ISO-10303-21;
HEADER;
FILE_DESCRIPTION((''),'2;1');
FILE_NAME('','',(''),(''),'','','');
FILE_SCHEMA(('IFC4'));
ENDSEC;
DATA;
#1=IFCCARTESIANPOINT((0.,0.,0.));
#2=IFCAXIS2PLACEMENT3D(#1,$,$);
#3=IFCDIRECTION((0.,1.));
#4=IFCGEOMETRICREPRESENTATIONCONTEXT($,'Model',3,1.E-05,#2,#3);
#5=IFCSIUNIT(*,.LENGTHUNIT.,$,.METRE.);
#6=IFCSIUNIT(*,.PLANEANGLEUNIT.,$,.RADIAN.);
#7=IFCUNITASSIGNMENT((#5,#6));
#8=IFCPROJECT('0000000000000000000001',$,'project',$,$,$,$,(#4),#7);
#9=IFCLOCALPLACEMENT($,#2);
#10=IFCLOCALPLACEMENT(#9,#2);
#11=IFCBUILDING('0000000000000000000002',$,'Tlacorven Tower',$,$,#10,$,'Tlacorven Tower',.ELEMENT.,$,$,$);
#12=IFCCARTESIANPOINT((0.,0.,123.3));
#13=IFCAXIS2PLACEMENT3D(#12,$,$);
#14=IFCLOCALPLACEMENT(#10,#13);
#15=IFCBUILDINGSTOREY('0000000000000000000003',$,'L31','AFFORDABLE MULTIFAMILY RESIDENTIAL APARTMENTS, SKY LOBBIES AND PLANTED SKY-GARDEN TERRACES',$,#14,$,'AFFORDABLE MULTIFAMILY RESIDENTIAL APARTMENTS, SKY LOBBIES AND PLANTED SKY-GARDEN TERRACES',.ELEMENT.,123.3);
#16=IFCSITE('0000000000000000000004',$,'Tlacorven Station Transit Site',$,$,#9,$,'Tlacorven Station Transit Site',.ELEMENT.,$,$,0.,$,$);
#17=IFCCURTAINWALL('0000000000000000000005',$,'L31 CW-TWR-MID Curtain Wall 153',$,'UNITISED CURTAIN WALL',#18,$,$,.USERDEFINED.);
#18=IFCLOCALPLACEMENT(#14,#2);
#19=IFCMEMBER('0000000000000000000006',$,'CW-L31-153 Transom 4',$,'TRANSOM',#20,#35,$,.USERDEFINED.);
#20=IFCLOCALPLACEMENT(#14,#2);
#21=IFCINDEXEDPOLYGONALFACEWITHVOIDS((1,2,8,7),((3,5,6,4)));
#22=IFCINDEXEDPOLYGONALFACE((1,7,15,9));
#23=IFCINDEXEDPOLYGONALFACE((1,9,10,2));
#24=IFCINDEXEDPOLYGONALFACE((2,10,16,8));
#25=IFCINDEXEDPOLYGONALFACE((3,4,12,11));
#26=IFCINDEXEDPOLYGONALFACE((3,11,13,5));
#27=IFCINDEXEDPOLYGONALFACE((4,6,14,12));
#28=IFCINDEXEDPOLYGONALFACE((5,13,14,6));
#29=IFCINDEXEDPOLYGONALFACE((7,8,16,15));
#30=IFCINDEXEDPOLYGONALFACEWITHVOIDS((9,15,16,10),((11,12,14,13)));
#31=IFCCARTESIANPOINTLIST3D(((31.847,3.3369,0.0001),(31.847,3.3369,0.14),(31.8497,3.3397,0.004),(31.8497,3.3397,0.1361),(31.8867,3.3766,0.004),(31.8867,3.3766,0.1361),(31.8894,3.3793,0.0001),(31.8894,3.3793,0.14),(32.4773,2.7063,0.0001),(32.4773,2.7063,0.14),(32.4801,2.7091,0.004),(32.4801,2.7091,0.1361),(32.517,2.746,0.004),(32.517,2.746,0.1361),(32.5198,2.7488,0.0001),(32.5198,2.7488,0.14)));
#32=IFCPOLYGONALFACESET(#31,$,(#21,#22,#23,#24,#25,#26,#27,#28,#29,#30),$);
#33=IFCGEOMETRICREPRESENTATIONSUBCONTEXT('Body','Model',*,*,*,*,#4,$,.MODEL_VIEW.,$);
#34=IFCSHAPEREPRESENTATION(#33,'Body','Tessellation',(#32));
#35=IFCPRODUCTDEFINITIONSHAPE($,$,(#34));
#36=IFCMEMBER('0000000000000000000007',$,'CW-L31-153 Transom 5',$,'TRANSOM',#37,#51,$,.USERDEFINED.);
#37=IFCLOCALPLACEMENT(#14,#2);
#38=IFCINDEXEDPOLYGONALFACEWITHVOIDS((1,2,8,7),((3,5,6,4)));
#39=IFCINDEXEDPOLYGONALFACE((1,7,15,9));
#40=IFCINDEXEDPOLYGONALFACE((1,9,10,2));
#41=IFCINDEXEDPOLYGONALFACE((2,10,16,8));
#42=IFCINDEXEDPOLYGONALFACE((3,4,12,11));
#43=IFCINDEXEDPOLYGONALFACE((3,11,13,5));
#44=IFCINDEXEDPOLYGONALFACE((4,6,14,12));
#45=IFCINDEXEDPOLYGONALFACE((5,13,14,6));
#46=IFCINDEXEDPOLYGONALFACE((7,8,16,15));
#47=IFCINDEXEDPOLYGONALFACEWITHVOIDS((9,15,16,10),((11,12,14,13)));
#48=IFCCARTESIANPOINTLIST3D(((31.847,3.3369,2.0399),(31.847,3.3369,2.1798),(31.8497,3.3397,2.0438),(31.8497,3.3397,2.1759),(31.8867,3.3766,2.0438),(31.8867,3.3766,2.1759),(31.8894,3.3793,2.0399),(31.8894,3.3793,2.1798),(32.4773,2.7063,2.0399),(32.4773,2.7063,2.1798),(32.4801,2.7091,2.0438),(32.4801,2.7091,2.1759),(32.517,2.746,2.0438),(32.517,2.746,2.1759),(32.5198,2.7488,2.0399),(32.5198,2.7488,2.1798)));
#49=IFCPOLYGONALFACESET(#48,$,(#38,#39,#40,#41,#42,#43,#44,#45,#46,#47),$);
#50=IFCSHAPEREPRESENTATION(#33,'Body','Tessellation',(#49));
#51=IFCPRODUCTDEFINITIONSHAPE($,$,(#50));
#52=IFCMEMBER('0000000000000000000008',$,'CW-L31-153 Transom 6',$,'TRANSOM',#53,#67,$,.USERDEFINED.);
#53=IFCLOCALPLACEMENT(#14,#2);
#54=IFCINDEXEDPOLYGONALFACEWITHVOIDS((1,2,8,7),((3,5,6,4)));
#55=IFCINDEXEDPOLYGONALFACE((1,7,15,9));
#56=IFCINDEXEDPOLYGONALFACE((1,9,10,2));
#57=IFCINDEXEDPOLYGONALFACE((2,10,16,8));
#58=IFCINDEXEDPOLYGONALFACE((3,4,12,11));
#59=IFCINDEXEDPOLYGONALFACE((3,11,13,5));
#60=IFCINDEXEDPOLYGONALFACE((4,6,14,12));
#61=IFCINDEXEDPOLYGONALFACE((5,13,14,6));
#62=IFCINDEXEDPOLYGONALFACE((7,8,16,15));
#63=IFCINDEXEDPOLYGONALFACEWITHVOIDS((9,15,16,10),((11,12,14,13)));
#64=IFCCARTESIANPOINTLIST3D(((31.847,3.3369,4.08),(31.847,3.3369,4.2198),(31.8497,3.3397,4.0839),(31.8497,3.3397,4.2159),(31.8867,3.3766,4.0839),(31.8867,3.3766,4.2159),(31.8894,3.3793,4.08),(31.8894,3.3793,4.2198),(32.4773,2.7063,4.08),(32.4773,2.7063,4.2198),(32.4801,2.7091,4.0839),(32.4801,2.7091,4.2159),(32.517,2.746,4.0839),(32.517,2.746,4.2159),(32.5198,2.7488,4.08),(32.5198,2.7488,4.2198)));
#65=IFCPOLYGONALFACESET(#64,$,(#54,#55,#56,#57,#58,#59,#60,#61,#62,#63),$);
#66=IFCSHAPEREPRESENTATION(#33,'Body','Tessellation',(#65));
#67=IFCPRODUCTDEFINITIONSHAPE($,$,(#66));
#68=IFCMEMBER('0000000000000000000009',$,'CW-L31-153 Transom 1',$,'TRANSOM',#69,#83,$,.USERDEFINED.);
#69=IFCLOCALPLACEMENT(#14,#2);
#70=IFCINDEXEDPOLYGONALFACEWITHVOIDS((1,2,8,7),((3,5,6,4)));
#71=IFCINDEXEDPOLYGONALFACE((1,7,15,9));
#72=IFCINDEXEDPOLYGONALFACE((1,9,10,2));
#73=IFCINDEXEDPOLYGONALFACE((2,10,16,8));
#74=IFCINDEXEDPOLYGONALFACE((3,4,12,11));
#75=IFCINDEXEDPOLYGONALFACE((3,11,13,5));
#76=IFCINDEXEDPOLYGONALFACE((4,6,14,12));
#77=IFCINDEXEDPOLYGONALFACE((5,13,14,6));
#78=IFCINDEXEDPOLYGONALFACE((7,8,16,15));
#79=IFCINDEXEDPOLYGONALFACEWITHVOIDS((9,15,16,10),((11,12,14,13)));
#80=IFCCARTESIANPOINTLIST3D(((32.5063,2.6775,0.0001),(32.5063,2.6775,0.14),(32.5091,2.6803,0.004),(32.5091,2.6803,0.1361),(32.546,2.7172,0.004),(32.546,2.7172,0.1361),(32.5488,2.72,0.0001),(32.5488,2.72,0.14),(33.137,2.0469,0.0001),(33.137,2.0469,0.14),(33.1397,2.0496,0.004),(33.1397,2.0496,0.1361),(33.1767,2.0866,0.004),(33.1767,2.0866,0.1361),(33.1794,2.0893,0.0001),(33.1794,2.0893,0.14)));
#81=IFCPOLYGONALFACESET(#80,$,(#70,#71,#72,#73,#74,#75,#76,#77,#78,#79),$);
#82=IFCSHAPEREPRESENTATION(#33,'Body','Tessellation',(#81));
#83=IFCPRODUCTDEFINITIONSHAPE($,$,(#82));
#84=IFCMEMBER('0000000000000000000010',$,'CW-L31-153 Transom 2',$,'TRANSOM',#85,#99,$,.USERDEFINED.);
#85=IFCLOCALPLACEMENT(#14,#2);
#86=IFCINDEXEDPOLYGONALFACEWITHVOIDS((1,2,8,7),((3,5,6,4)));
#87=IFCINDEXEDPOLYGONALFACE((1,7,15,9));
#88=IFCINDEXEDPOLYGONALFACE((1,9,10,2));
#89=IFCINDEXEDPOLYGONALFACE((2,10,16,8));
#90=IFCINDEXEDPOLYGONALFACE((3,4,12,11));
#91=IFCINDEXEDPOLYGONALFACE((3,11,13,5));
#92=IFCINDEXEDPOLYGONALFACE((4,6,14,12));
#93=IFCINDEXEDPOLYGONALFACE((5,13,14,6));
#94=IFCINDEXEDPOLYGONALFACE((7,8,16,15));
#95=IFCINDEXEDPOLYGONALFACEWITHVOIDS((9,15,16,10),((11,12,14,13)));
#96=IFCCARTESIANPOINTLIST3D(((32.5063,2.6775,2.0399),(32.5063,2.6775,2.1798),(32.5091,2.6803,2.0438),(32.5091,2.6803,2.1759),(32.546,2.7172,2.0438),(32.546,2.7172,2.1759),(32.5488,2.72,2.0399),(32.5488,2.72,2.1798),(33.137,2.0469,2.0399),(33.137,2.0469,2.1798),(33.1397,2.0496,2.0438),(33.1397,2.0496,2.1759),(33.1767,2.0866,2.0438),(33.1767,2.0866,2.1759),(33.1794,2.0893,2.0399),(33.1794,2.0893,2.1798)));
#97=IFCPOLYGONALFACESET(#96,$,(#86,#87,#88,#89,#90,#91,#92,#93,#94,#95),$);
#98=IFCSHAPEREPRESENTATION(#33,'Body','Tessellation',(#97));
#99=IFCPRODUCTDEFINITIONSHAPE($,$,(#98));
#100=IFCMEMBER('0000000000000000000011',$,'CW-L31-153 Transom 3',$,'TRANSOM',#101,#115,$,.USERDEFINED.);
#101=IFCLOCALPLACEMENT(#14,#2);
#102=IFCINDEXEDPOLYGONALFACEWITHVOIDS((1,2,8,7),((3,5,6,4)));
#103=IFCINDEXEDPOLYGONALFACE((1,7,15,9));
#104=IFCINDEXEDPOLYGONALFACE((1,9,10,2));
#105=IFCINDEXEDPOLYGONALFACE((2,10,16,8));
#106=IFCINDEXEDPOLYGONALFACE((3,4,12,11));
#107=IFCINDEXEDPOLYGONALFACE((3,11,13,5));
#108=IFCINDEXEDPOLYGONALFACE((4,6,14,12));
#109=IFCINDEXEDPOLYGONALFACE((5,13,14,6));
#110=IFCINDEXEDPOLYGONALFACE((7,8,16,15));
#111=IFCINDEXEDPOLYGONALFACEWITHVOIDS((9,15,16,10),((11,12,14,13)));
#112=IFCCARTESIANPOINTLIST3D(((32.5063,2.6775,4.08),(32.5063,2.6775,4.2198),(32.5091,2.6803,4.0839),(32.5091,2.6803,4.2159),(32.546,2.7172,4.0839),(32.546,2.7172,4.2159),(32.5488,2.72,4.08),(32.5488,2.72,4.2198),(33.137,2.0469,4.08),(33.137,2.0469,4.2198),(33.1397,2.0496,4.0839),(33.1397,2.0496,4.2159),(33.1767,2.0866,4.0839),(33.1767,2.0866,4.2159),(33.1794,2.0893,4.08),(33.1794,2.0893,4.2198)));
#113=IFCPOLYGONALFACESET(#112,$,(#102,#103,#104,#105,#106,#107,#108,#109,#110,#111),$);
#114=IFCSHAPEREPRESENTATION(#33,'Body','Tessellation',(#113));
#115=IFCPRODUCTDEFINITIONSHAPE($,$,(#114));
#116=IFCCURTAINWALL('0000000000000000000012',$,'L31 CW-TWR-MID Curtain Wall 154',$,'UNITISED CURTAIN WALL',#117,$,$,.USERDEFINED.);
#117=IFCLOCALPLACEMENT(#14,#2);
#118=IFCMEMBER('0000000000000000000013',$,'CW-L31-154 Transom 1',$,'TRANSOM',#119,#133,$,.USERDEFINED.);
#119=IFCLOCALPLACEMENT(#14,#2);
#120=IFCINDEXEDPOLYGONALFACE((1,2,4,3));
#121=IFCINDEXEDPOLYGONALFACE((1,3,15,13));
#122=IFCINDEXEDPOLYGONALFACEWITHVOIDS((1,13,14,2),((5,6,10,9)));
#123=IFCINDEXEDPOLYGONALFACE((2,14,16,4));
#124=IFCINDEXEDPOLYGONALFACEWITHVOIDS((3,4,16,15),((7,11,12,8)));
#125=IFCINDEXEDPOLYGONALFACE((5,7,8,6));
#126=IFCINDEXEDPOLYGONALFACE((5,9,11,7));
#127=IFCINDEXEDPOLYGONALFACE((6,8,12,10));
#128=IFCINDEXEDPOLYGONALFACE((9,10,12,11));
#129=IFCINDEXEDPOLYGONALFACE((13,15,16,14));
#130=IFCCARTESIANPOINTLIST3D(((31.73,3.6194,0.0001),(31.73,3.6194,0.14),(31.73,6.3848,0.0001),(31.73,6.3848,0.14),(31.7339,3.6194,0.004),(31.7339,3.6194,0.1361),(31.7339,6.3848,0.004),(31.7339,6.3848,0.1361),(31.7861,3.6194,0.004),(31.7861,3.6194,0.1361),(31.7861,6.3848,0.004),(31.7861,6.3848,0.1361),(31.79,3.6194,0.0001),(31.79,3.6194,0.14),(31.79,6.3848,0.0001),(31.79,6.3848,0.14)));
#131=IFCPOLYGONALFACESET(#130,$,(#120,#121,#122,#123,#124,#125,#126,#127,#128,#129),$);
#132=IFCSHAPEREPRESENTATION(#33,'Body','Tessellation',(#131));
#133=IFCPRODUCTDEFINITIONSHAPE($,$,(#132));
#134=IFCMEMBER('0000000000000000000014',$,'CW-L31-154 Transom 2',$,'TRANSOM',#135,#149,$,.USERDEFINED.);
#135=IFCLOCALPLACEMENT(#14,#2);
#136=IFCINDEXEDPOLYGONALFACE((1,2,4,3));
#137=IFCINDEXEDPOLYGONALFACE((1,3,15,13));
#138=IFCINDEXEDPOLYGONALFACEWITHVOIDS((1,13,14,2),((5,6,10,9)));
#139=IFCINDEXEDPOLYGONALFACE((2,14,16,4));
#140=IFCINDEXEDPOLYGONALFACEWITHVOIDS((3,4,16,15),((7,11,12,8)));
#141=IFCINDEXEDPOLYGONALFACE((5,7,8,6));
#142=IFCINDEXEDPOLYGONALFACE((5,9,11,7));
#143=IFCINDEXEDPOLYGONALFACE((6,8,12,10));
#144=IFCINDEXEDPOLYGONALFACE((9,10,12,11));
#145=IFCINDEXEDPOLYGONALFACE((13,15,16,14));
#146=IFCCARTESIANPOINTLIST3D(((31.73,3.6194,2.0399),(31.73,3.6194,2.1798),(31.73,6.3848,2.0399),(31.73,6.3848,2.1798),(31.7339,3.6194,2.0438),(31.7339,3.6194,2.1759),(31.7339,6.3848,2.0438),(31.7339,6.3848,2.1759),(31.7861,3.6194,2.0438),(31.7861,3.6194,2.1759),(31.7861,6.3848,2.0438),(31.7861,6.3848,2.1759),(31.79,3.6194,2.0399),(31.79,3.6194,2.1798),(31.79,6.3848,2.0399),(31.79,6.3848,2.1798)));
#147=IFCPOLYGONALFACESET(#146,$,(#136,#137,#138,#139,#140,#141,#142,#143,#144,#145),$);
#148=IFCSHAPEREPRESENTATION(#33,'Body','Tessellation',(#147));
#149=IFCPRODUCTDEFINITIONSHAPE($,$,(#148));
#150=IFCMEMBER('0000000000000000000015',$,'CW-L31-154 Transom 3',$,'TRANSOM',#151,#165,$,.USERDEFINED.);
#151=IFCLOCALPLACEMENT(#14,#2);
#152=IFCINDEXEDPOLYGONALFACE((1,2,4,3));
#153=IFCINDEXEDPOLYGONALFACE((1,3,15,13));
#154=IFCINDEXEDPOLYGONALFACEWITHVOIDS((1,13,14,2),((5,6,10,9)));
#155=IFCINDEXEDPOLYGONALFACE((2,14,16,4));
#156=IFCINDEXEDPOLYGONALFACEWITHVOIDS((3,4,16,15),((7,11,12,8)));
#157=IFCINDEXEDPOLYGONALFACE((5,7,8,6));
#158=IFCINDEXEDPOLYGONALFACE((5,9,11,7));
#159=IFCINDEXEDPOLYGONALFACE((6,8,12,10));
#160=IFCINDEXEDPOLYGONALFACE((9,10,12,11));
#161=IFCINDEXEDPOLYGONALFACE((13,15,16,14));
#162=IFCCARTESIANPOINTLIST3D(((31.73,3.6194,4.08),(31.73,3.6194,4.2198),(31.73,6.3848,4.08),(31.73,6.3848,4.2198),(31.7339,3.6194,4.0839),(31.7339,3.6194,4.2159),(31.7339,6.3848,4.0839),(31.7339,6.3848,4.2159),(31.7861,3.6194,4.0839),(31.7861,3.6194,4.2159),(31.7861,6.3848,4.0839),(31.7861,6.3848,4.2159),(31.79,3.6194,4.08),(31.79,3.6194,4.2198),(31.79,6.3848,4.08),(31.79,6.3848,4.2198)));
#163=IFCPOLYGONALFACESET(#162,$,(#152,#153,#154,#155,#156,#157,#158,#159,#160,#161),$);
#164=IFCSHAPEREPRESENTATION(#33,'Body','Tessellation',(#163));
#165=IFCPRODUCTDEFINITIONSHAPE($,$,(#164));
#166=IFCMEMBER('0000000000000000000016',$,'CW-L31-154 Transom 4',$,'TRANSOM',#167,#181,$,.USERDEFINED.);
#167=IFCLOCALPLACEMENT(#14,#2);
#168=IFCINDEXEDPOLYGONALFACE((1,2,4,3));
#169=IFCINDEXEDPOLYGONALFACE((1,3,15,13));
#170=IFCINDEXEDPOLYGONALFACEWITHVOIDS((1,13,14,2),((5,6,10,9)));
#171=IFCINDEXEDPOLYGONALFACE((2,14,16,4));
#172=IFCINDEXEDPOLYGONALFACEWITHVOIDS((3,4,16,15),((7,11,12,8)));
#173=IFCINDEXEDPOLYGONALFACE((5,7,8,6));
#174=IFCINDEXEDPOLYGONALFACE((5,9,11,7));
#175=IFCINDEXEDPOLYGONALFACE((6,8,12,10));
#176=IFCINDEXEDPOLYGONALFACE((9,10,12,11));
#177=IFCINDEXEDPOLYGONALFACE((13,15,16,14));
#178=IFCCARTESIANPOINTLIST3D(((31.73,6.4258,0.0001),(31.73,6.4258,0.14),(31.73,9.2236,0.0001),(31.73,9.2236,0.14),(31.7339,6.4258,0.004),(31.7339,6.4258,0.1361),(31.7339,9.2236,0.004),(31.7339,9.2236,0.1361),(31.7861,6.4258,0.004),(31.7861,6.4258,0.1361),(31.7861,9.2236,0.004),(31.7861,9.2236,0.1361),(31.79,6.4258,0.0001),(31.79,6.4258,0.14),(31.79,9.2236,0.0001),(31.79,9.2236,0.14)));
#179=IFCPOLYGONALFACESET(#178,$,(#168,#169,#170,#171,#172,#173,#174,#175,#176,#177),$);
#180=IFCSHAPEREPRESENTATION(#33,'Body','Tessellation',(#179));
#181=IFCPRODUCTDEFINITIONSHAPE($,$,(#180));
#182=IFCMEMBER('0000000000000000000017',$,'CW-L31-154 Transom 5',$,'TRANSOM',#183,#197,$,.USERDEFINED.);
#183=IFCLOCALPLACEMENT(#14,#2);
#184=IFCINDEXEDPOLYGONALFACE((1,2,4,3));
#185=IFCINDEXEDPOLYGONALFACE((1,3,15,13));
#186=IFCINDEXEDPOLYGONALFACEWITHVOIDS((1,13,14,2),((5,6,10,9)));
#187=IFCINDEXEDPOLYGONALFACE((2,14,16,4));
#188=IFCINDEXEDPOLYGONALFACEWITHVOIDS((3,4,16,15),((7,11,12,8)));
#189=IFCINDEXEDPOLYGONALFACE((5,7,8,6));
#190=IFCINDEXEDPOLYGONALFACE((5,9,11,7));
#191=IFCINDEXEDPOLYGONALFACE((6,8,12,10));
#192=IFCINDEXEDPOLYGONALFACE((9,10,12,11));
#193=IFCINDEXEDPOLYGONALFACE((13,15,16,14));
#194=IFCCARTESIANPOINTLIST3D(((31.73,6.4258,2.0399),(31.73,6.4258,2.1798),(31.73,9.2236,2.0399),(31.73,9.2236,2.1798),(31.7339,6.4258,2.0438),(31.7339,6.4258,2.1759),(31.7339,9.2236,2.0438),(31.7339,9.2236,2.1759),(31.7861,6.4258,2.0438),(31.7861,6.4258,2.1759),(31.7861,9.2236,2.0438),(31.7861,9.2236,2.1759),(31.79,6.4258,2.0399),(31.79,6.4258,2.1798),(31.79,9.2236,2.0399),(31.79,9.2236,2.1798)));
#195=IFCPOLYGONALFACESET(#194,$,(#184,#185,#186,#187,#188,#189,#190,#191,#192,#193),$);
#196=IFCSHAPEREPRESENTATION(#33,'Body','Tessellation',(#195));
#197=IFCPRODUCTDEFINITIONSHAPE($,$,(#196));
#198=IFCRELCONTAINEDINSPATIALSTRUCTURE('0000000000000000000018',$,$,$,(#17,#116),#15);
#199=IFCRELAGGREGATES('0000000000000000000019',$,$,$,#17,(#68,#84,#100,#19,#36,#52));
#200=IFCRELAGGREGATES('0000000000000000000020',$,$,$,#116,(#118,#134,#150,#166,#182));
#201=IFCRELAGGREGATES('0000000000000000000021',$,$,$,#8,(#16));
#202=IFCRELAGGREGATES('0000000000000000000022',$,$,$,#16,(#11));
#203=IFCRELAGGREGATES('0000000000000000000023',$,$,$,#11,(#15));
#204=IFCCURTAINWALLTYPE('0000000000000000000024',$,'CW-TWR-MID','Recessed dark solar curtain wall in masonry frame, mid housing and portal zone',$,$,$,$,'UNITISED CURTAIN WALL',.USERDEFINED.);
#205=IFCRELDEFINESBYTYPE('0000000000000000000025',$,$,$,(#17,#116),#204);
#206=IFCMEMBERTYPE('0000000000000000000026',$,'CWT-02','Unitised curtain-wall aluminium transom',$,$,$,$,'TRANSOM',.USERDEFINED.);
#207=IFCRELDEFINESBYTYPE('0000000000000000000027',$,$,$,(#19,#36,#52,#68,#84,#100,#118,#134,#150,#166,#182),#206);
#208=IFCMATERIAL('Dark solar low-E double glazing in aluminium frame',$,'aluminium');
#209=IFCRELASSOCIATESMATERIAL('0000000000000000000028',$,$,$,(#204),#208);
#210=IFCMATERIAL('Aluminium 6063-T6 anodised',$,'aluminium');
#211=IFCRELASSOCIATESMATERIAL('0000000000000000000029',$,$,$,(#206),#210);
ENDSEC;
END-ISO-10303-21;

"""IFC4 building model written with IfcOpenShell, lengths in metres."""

from ifc_helpers import new_model, si_unit, direction, frame, origin, origin_2d, place, context, subcontext, project, spatial, hollow_rectangle, extrude, source, transform, mapped, material, material_profile, profile_set, type_object, element, aggregate, save


model = new_model("IFC4")

# Units and contexts
model_context = context("Model", 3, precision=1e-05, world=origin(), true_north=direction((0.0, 1.0)))
body_context = subcontext(model_context, "Body", "Model", "MODEL_VIEW")
ifc_project = project(units=[si_unit("LENGTHUNIT", "METRE"), si_unit("PLANEANGLEUNIT", "RADIAN")], contexts=[model_context])

# Site, building, storey
site_placement = place(None, origin())
site = spatial("IfcSite", under=ifc_project, at=site_placement, Name="Tlacorven Station Transit Site", LongName="Tlacorven Station Transit Site", CompositionType="ELEMENT", RefElevation=0.0)
building_placement = place(site_placement, origin())
building = spatial("IfcBuilding", under=site, at=building_placement, Name="Tlacorven Tower", LongName="Tlacorven Tower", CompositionType="ELEMENT")
storey_placement = place(building_placement, frame((0.0, 0.0, 123.3)))
storey = spatial("IfcBuildingStorey", under=building, at=storey_placement, Name="L31", Description="AFFORDABLE MULTIFAMILY RESIDENTIAL APARTMENTS, SKY LOBBIES AND PLANTED SKY-GARDEN TERRACES", LongName="AFFORDABLE MULTIFAMILY RESIDENTIAL APARTMENTS, SKY LOBBIES AND PLANTED SKY-GARDEN TERRACES", CompositionType="ELEMENT", Elevation=123.3)

# Curtain walls, members
ifc_material_1 = material(Name="Dark solar low-E double glazing in aluminium frame", Category="aluminium")
curtain_wall_type = type_object("IfcCurtainWallType", Name="CW-TWR-MID", Description="Recessed dark solar curtain wall in masonry frame, mid housing and portal zone", ElementType="UNITISED CURTAIN WALL", PredefinedType="USERDEFINED", material=ifc_material_1)
curtain_wall_1_placement = place(storey_placement, origin())
curtain_wall_1 = element("IfcCurtainWall", 1, at=curtain_wall_1_placement, inside=storey, type_object=curtain_wall_type, Name="L31 CW-TWR-MID Curtain Wall 153", ObjectType="UNITISED CURTAIN WALL", PredefinedType="USERDEFINED")
ifc_material_2 = material(Name="Aluminium 6063-T6 anodised", Category="aluminium")
ifc_material_profile_1 = material_profile(ifc_material_2, hollow_rectangle(XDim=0.0601, YDim=0.1399, WallThickness=0.0039, at=origin_2d()), Name="ALU TRANSOM 60X140")
ifc_profile_set_1 = profile_set([ifc_material_profile_1], Name="Aluminium 6063-T6 anodised")
member_type_1 = type_object("IfcMemberType", Name="CWT-02", Description="Unitised curtain-wall aluminium transom", ElementType="TRANSOM", PredefinedType="USERDEFINED", material=ifc_profile_set_1)
shared_shape_1 = source(origin(), body_context, "Body", "SweptSolid", [
    extrude(hollow_rectangle(XDim=0.0601, YDim=0.1399, WallThickness=0.0039, at=origin_2d()), origin(), (0.0, 0.0, 1.0), 0.8916),
])
member_1_placement = place(storey_placement, frame((32.4985, 2.7275, 0.0701), z_axis=(-0.70697, 0.707244, 0.0), x_axis=(-0.707244, -0.70697, 0.0)))
member_1 = element("IfcMember", 2, at=member_1_placement, type_object=member_type_1, Name="CW-L31-153 Transom 4", ObjectType="TRANSOM", PredefinedType="USERDEFINED", context=body_context, shape_type="MappedRepresentation", body=[
    mapped(shared_shape_1, transform((0.0, 0.0, 0.0), scale=1.0)),
])
member_2_placement = place(storey_placement, frame((32.4985, 2.7275, 2.1099), z_axis=(-0.70697, 0.707244, 0.0), x_axis=(-0.707244, -0.70697, 0.0)))
member_2 = element("IfcMember", 3, at=member_2_placement, type_object=member_type_1, Name="CW-L31-153 Transom 5", ObjectType="TRANSOM", PredefinedType="USERDEFINED", context=body_context, shape_type="MappedRepresentation", body=[
    mapped(shared_shape_1, transform((0.0, 0.0, 0.0), scale=1.0)),
])
member_3_placement = place(storey_placement, frame((32.4985, 2.7275, 4.1499), z_axis=(-0.70697, 0.707244, 0.0), x_axis=(-0.707244, -0.70697, 0.0)))
member_3 = element("IfcMember", 4, at=member_3_placement, type_object=member_type_1, Name="CW-L31-153 Transom 6", ObjectType="TRANSOM", PredefinedType="USERDEFINED", context=body_context, shape_type="MappedRepresentation", body=[
    mapped(shared_shape_1, transform((0.0, 0.0, 0.0), scale=1.0)),
])
shared_shape_2 = source(origin(), body_context, "Body", "SweptSolid", [
    extrude(hollow_rectangle(XDim=0.0601, YDim=0.1399, WallThickness=0.0039, at=origin_2d()), origin(), (0.0, 0.0, 1.0), 0.8918),
])
member_4_placement = place(storey_placement, frame((33.1582, 2.0681, 0.0701), z_axis=(-0.707107, 0.707107, 0.0), x_axis=(-0.707107, -0.707107, 0.0)))
member_4 = element("IfcMember", 5, at=member_4_placement, type_object=member_type_1, Name="CW-L31-153 Transom 1", ObjectType="TRANSOM", PredefinedType="USERDEFINED", context=body_context, shape_type="MappedRepresentation", body=[
    mapped(shared_shape_2, transform((0.0, 0.0, 0.0), scale=1.0)),
])
member_5_placement = place(storey_placement, frame((33.1582, 2.0681, 2.1099), z_axis=(-0.707107, 0.707107, 0.0), x_axis=(-0.707107, -0.707107, 0.0)))
member_5 = element("IfcMember", 6, at=member_5_placement, type_object=member_type_1, Name="CW-L31-153 Transom 2", ObjectType="TRANSOM", PredefinedType="USERDEFINED", context=body_context, shape_type="MappedRepresentation", body=[
    mapped(shared_shape_2, transform((0.0, 0.0, 0.0), scale=1.0)),
])
member_6_placement = place(storey_placement, frame((33.1582, 2.0681, 4.1499), z_axis=(-0.707107, 0.707107, 0.0), x_axis=(-0.707107, -0.707107, 0.0)))
member_6 = element("IfcMember", 7, at=member_6_placement, type_object=member_type_1, Name="CW-L31-153 Transom 3", ObjectType="TRANSOM", PredefinedType="USERDEFINED", context=body_context, shape_type="MappedRepresentation", body=[
    mapped(shared_shape_2, transform((0.0, 0.0, 0.0), scale=1.0)),
])
curtain_wall_2_placement = place(storey_placement, origin())
curtain_wall_2 = element("IfcCurtainWall", 8, at=curtain_wall_2_placement, inside=storey, type_object=curtain_wall_type, Name="L31 CW-TWR-MID Curtain Wall 154", ObjectType="UNITISED CURTAIN WALL", PredefinedType="USERDEFINED")
shared_shape_3 = source(origin(), body_context, "Body", "SweptSolid", [
    extrude(hollow_rectangle(XDim=0.0601, YDim=0.1399, WallThickness=0.0039, at=origin_2d()), origin(), (0.0, 0.0, 1.0), 2.7654),
])
member_7_placement = place(storey_placement, frame((31.76, 3.6194, 0.0701), z_axis=(0.0, 1.0, 0.0), x_axis=(-1.0, 0.0, 0.0)))
member_7 = element("IfcMember", 9, at=member_7_placement, type_object=member_type_1, Name="CW-L31-154 Transom 1", ObjectType="TRANSOM", PredefinedType="USERDEFINED", context=body_context, shape_type="MappedRepresentation", body=[
    mapped(shared_shape_3, transform((0.0, 0.0, 0.0), scale=1.0)),
])
member_8_placement = place(storey_placement, frame((31.76, 3.6194, 2.1099), z_axis=(0.0, 1.0, 0.0), x_axis=(-1.0, 0.0, 0.0)))
member_8 = element("IfcMember", 10, at=member_8_placement, type_object=member_type_1, Name="CW-L31-154 Transom 2", ObjectType="TRANSOM", PredefinedType="USERDEFINED", context=body_context, shape_type="MappedRepresentation", body=[
    mapped(shared_shape_3, transform((0.0, 0.0, 0.0), scale=1.0)),
])
member_9_placement = place(storey_placement, frame((31.76, 3.6194, 4.1499), z_axis=(0.0, 1.0, 0.0), x_axis=(-1.0, 0.0, 0.0)))
member_9 = element("IfcMember", 11, at=member_9_placement, type_object=member_type_1, Name="CW-L31-154 Transom 3", ObjectType="TRANSOM", PredefinedType="USERDEFINED", context=body_context, shape_type="MappedRepresentation", body=[
    mapped(shared_shape_3, transform((0.0, 0.0, 0.0), scale=1.0)),
])
shared_shape_4 = source(origin(), body_context, "Body", "SweptSolid", [
    extrude(hollow_rectangle(XDim=0.0601, YDim=0.1399, WallThickness=0.0039, at=origin_2d()), origin(), (0.0, 0.0, 1.0), 2.7979),
])
member_10_placement = place(storey_placement, frame((31.76, 6.4258, 0.0701), z_axis=(0.0, 1.0, 0.0), x_axis=(-1.0, 0.0, 0.0)))
member_10 = element("IfcMember", 12, at=member_10_placement, type_object=member_type_1, Name="CW-L31-154 Transom 4", ObjectType="TRANSOM", PredefinedType="USERDEFINED", context=body_context, shape_type="MappedRepresentation", body=[
    mapped(shared_shape_4, transform((0.0, 0.0, 0.0), scale=1.0)),
])
member_11_placement = place(storey_placement, frame((31.76, 6.4258, 2.1099), z_axis=(0.0, 1.0, 0.0), x_axis=(-1.0, 0.0, 0.0)))
member_11 = element("IfcMember", 13, at=member_11_placement, type_object=member_type_1, Name="CW-L31-154 Transom 5", ObjectType="TRANSOM", PredefinedType="USERDEFINED", context=body_context, shape_type="MappedRepresentation", body=[
    mapped(shared_shape_4, transform((0.0, 0.0, 0.0), scale=1.0)),
])

aggregate(curtain_wall_1, [member_4, member_5, member_6, member_1, member_2, member_3])
aggregate(curtain_wall_2, [member_7, member_8, member_9, member_10, member_11])

save(model, "model.ifc")
